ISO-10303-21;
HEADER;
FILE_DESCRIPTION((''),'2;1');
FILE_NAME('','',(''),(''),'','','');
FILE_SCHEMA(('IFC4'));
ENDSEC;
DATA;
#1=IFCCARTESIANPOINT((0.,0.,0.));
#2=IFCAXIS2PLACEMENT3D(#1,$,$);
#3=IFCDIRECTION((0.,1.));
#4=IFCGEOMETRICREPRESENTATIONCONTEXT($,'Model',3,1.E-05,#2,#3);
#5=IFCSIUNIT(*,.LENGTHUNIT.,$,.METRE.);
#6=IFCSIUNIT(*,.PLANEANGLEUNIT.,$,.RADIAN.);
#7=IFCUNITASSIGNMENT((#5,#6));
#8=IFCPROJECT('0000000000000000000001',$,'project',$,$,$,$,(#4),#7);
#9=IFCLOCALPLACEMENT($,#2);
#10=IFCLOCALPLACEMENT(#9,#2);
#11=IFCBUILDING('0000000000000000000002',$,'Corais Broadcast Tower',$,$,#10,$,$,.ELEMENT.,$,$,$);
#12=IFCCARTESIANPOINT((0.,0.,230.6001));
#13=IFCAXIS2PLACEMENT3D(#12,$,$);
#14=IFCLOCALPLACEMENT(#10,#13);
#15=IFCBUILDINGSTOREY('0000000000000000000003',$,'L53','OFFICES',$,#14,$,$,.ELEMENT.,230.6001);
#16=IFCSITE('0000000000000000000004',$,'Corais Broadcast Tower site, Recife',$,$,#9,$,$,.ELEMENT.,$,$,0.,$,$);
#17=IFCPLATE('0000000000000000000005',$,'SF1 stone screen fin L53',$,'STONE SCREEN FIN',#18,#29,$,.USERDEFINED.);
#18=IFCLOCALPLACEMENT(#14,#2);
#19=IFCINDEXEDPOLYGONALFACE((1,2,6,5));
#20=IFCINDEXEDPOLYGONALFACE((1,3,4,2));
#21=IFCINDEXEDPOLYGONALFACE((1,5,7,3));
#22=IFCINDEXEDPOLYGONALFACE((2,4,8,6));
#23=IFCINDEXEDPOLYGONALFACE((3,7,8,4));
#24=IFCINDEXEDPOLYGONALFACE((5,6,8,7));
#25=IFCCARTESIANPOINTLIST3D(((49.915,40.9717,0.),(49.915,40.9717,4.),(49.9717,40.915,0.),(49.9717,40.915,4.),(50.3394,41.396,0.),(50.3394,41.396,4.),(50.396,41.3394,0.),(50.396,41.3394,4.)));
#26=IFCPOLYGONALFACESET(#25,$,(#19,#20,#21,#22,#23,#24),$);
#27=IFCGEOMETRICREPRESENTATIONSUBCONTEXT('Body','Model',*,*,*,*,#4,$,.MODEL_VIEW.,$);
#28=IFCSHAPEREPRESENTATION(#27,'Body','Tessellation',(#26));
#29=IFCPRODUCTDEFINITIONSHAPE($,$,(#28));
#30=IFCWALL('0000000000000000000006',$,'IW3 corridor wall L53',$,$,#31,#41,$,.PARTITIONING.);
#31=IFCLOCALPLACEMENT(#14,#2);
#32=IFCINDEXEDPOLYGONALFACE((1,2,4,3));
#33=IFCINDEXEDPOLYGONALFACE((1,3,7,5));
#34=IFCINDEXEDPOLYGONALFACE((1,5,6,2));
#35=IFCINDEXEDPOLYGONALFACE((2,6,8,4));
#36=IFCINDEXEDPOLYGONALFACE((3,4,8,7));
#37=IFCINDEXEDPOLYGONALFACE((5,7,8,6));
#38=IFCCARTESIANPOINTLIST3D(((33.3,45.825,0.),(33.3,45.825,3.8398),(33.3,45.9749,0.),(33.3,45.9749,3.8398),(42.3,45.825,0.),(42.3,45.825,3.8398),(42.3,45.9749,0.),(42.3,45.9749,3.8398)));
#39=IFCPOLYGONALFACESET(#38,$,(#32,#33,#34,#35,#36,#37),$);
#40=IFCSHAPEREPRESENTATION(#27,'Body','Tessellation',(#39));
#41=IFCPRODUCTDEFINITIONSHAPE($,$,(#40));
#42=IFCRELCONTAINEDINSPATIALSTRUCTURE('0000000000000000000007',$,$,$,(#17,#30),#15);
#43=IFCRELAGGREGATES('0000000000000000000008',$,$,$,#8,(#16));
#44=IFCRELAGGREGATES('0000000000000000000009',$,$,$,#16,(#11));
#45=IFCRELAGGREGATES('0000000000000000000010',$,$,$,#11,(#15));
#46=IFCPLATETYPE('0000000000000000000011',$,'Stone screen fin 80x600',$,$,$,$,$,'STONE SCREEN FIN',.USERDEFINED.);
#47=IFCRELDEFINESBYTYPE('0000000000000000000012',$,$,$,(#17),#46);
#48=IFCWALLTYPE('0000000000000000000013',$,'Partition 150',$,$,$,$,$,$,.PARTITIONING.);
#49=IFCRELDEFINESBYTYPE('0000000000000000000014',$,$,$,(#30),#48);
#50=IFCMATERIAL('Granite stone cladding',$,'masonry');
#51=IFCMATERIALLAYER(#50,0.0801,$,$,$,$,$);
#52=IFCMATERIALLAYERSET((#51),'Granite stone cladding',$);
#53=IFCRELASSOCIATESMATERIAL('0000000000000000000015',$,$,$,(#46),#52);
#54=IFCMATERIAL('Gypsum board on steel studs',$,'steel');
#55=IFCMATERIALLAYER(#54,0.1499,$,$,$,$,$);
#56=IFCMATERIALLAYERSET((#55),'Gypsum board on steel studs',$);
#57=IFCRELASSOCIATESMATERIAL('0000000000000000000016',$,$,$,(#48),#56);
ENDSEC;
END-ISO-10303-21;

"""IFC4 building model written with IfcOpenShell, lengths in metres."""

from ifc_helpers import new_model, si_unit, direction, frame, frame_2d, origin, origin_2d, place, context, subcontext, project, spatial, rectangle, extrude, material, layer, layer_set, type_object, element, save


model = new_model("IFC4")

# Units and contexts
model_context = context("Model", 3, precision=1e-05, world=origin(), true_north=direction((0.0, 1.0)))
body_context = subcontext(model_context, "Body", "Model", "MODEL_VIEW")
ifc_project = project(units=[si_unit("LENGTHUNIT", "METRE"), si_unit("PLANEANGLEUNIT", "RADIAN")], contexts=[model_context])

# Site, building, storey
site_placement = place(None, origin())
site = spatial("IfcSite", under=ifc_project, at=site_placement, Name="Corais Broadcast Tower site, Recife", CompositionType="ELEMENT", RefElevation=0.0)
building_placement = place(site_placement, origin())
building = spatial("IfcBuilding", under=site, at=building_placement, Name="Corais Broadcast Tower", CompositionType="ELEMENT")
storey_placement = place(building_placement, frame((0.0, 0.0, 230.6001)))
storey = spatial("IfcBuildingStorey", under=building, at=storey_placement, Name="L53", Description="OFFICES", CompositionType="ELEMENT", Elevation=230.6001)

# Plate
ifc_material_1 = material(Name="Granite stone cladding", Category="masonry")
ifc_layer_1 = layer(ifc_material_1, 0.0801)
ifc_layer_set_1 = layer_set([ifc_layer_1], Name="Granite stone cladding")
plate_type_1 = type_object("IfcPlateType", Name="Stone screen fin 80x600", ElementType="STONE SCREEN FIN", PredefinedType="USERDEFINED", material=ifc_layer_set_1)
for number, where, z_axis, x_axis, name in (
    (1, (50.1555, 41.1555, 0.0), (0.0, 0.0, 1.0), (0.707107, -0.707107, 0.0), "SF1 stone screen fin L53"),
):
    element("IfcPlate", number, at=place(storey_placement, frame(where, z_axis=z_axis, x_axis=x_axis)), inside=storey, type_object=plate_type_1, Name=name, ObjectType="STONE SCREEN FIN", PredefinedType="USERDEFINED", context=body_context, shape_type="SweptSolid", body=[
        extrude(rectangle(XDim=0.0801, YDim=0.6001, at=origin_2d()), origin(), (0.0, 0.0, 1.0), 4.0),
    ])

# Wall
ifc_material_2 = material(Name="Gypsum board on steel studs", Category="steel")
ifc_layer_2 = layer(ifc_material_2, 0.1499)
ifc_layer_set_2 = layer_set([ifc_layer_2], Name="Gypsum board on steel studs")
wall_type = type_object("IfcWallType", Name="Partition 150", PredefinedType="PARTITIONING", material=ifc_layer_set_2)
wall_placement = place(storey_placement, frame((42.3, 45.8999, 0.0), z_axis=(0.0, 0.0, 1.0), x_axis=(-1.0, 0.0, 0.0)))
element("IfcWall", 2, at=wall_placement, inside=storey, type_object=wall_type, Name="IW3 corridor wall L53", PredefinedType="PARTITIONING", context=body_context, shape_type="SweptSolid", body=[
    extrude(rectangle(XDim=9.0, YDim=0.1499, at=frame_2d((4.5, 0.0))), origin(), (0.0, 0.0, 1.0), 3.8398),
])

save(model, "model.ifc")
